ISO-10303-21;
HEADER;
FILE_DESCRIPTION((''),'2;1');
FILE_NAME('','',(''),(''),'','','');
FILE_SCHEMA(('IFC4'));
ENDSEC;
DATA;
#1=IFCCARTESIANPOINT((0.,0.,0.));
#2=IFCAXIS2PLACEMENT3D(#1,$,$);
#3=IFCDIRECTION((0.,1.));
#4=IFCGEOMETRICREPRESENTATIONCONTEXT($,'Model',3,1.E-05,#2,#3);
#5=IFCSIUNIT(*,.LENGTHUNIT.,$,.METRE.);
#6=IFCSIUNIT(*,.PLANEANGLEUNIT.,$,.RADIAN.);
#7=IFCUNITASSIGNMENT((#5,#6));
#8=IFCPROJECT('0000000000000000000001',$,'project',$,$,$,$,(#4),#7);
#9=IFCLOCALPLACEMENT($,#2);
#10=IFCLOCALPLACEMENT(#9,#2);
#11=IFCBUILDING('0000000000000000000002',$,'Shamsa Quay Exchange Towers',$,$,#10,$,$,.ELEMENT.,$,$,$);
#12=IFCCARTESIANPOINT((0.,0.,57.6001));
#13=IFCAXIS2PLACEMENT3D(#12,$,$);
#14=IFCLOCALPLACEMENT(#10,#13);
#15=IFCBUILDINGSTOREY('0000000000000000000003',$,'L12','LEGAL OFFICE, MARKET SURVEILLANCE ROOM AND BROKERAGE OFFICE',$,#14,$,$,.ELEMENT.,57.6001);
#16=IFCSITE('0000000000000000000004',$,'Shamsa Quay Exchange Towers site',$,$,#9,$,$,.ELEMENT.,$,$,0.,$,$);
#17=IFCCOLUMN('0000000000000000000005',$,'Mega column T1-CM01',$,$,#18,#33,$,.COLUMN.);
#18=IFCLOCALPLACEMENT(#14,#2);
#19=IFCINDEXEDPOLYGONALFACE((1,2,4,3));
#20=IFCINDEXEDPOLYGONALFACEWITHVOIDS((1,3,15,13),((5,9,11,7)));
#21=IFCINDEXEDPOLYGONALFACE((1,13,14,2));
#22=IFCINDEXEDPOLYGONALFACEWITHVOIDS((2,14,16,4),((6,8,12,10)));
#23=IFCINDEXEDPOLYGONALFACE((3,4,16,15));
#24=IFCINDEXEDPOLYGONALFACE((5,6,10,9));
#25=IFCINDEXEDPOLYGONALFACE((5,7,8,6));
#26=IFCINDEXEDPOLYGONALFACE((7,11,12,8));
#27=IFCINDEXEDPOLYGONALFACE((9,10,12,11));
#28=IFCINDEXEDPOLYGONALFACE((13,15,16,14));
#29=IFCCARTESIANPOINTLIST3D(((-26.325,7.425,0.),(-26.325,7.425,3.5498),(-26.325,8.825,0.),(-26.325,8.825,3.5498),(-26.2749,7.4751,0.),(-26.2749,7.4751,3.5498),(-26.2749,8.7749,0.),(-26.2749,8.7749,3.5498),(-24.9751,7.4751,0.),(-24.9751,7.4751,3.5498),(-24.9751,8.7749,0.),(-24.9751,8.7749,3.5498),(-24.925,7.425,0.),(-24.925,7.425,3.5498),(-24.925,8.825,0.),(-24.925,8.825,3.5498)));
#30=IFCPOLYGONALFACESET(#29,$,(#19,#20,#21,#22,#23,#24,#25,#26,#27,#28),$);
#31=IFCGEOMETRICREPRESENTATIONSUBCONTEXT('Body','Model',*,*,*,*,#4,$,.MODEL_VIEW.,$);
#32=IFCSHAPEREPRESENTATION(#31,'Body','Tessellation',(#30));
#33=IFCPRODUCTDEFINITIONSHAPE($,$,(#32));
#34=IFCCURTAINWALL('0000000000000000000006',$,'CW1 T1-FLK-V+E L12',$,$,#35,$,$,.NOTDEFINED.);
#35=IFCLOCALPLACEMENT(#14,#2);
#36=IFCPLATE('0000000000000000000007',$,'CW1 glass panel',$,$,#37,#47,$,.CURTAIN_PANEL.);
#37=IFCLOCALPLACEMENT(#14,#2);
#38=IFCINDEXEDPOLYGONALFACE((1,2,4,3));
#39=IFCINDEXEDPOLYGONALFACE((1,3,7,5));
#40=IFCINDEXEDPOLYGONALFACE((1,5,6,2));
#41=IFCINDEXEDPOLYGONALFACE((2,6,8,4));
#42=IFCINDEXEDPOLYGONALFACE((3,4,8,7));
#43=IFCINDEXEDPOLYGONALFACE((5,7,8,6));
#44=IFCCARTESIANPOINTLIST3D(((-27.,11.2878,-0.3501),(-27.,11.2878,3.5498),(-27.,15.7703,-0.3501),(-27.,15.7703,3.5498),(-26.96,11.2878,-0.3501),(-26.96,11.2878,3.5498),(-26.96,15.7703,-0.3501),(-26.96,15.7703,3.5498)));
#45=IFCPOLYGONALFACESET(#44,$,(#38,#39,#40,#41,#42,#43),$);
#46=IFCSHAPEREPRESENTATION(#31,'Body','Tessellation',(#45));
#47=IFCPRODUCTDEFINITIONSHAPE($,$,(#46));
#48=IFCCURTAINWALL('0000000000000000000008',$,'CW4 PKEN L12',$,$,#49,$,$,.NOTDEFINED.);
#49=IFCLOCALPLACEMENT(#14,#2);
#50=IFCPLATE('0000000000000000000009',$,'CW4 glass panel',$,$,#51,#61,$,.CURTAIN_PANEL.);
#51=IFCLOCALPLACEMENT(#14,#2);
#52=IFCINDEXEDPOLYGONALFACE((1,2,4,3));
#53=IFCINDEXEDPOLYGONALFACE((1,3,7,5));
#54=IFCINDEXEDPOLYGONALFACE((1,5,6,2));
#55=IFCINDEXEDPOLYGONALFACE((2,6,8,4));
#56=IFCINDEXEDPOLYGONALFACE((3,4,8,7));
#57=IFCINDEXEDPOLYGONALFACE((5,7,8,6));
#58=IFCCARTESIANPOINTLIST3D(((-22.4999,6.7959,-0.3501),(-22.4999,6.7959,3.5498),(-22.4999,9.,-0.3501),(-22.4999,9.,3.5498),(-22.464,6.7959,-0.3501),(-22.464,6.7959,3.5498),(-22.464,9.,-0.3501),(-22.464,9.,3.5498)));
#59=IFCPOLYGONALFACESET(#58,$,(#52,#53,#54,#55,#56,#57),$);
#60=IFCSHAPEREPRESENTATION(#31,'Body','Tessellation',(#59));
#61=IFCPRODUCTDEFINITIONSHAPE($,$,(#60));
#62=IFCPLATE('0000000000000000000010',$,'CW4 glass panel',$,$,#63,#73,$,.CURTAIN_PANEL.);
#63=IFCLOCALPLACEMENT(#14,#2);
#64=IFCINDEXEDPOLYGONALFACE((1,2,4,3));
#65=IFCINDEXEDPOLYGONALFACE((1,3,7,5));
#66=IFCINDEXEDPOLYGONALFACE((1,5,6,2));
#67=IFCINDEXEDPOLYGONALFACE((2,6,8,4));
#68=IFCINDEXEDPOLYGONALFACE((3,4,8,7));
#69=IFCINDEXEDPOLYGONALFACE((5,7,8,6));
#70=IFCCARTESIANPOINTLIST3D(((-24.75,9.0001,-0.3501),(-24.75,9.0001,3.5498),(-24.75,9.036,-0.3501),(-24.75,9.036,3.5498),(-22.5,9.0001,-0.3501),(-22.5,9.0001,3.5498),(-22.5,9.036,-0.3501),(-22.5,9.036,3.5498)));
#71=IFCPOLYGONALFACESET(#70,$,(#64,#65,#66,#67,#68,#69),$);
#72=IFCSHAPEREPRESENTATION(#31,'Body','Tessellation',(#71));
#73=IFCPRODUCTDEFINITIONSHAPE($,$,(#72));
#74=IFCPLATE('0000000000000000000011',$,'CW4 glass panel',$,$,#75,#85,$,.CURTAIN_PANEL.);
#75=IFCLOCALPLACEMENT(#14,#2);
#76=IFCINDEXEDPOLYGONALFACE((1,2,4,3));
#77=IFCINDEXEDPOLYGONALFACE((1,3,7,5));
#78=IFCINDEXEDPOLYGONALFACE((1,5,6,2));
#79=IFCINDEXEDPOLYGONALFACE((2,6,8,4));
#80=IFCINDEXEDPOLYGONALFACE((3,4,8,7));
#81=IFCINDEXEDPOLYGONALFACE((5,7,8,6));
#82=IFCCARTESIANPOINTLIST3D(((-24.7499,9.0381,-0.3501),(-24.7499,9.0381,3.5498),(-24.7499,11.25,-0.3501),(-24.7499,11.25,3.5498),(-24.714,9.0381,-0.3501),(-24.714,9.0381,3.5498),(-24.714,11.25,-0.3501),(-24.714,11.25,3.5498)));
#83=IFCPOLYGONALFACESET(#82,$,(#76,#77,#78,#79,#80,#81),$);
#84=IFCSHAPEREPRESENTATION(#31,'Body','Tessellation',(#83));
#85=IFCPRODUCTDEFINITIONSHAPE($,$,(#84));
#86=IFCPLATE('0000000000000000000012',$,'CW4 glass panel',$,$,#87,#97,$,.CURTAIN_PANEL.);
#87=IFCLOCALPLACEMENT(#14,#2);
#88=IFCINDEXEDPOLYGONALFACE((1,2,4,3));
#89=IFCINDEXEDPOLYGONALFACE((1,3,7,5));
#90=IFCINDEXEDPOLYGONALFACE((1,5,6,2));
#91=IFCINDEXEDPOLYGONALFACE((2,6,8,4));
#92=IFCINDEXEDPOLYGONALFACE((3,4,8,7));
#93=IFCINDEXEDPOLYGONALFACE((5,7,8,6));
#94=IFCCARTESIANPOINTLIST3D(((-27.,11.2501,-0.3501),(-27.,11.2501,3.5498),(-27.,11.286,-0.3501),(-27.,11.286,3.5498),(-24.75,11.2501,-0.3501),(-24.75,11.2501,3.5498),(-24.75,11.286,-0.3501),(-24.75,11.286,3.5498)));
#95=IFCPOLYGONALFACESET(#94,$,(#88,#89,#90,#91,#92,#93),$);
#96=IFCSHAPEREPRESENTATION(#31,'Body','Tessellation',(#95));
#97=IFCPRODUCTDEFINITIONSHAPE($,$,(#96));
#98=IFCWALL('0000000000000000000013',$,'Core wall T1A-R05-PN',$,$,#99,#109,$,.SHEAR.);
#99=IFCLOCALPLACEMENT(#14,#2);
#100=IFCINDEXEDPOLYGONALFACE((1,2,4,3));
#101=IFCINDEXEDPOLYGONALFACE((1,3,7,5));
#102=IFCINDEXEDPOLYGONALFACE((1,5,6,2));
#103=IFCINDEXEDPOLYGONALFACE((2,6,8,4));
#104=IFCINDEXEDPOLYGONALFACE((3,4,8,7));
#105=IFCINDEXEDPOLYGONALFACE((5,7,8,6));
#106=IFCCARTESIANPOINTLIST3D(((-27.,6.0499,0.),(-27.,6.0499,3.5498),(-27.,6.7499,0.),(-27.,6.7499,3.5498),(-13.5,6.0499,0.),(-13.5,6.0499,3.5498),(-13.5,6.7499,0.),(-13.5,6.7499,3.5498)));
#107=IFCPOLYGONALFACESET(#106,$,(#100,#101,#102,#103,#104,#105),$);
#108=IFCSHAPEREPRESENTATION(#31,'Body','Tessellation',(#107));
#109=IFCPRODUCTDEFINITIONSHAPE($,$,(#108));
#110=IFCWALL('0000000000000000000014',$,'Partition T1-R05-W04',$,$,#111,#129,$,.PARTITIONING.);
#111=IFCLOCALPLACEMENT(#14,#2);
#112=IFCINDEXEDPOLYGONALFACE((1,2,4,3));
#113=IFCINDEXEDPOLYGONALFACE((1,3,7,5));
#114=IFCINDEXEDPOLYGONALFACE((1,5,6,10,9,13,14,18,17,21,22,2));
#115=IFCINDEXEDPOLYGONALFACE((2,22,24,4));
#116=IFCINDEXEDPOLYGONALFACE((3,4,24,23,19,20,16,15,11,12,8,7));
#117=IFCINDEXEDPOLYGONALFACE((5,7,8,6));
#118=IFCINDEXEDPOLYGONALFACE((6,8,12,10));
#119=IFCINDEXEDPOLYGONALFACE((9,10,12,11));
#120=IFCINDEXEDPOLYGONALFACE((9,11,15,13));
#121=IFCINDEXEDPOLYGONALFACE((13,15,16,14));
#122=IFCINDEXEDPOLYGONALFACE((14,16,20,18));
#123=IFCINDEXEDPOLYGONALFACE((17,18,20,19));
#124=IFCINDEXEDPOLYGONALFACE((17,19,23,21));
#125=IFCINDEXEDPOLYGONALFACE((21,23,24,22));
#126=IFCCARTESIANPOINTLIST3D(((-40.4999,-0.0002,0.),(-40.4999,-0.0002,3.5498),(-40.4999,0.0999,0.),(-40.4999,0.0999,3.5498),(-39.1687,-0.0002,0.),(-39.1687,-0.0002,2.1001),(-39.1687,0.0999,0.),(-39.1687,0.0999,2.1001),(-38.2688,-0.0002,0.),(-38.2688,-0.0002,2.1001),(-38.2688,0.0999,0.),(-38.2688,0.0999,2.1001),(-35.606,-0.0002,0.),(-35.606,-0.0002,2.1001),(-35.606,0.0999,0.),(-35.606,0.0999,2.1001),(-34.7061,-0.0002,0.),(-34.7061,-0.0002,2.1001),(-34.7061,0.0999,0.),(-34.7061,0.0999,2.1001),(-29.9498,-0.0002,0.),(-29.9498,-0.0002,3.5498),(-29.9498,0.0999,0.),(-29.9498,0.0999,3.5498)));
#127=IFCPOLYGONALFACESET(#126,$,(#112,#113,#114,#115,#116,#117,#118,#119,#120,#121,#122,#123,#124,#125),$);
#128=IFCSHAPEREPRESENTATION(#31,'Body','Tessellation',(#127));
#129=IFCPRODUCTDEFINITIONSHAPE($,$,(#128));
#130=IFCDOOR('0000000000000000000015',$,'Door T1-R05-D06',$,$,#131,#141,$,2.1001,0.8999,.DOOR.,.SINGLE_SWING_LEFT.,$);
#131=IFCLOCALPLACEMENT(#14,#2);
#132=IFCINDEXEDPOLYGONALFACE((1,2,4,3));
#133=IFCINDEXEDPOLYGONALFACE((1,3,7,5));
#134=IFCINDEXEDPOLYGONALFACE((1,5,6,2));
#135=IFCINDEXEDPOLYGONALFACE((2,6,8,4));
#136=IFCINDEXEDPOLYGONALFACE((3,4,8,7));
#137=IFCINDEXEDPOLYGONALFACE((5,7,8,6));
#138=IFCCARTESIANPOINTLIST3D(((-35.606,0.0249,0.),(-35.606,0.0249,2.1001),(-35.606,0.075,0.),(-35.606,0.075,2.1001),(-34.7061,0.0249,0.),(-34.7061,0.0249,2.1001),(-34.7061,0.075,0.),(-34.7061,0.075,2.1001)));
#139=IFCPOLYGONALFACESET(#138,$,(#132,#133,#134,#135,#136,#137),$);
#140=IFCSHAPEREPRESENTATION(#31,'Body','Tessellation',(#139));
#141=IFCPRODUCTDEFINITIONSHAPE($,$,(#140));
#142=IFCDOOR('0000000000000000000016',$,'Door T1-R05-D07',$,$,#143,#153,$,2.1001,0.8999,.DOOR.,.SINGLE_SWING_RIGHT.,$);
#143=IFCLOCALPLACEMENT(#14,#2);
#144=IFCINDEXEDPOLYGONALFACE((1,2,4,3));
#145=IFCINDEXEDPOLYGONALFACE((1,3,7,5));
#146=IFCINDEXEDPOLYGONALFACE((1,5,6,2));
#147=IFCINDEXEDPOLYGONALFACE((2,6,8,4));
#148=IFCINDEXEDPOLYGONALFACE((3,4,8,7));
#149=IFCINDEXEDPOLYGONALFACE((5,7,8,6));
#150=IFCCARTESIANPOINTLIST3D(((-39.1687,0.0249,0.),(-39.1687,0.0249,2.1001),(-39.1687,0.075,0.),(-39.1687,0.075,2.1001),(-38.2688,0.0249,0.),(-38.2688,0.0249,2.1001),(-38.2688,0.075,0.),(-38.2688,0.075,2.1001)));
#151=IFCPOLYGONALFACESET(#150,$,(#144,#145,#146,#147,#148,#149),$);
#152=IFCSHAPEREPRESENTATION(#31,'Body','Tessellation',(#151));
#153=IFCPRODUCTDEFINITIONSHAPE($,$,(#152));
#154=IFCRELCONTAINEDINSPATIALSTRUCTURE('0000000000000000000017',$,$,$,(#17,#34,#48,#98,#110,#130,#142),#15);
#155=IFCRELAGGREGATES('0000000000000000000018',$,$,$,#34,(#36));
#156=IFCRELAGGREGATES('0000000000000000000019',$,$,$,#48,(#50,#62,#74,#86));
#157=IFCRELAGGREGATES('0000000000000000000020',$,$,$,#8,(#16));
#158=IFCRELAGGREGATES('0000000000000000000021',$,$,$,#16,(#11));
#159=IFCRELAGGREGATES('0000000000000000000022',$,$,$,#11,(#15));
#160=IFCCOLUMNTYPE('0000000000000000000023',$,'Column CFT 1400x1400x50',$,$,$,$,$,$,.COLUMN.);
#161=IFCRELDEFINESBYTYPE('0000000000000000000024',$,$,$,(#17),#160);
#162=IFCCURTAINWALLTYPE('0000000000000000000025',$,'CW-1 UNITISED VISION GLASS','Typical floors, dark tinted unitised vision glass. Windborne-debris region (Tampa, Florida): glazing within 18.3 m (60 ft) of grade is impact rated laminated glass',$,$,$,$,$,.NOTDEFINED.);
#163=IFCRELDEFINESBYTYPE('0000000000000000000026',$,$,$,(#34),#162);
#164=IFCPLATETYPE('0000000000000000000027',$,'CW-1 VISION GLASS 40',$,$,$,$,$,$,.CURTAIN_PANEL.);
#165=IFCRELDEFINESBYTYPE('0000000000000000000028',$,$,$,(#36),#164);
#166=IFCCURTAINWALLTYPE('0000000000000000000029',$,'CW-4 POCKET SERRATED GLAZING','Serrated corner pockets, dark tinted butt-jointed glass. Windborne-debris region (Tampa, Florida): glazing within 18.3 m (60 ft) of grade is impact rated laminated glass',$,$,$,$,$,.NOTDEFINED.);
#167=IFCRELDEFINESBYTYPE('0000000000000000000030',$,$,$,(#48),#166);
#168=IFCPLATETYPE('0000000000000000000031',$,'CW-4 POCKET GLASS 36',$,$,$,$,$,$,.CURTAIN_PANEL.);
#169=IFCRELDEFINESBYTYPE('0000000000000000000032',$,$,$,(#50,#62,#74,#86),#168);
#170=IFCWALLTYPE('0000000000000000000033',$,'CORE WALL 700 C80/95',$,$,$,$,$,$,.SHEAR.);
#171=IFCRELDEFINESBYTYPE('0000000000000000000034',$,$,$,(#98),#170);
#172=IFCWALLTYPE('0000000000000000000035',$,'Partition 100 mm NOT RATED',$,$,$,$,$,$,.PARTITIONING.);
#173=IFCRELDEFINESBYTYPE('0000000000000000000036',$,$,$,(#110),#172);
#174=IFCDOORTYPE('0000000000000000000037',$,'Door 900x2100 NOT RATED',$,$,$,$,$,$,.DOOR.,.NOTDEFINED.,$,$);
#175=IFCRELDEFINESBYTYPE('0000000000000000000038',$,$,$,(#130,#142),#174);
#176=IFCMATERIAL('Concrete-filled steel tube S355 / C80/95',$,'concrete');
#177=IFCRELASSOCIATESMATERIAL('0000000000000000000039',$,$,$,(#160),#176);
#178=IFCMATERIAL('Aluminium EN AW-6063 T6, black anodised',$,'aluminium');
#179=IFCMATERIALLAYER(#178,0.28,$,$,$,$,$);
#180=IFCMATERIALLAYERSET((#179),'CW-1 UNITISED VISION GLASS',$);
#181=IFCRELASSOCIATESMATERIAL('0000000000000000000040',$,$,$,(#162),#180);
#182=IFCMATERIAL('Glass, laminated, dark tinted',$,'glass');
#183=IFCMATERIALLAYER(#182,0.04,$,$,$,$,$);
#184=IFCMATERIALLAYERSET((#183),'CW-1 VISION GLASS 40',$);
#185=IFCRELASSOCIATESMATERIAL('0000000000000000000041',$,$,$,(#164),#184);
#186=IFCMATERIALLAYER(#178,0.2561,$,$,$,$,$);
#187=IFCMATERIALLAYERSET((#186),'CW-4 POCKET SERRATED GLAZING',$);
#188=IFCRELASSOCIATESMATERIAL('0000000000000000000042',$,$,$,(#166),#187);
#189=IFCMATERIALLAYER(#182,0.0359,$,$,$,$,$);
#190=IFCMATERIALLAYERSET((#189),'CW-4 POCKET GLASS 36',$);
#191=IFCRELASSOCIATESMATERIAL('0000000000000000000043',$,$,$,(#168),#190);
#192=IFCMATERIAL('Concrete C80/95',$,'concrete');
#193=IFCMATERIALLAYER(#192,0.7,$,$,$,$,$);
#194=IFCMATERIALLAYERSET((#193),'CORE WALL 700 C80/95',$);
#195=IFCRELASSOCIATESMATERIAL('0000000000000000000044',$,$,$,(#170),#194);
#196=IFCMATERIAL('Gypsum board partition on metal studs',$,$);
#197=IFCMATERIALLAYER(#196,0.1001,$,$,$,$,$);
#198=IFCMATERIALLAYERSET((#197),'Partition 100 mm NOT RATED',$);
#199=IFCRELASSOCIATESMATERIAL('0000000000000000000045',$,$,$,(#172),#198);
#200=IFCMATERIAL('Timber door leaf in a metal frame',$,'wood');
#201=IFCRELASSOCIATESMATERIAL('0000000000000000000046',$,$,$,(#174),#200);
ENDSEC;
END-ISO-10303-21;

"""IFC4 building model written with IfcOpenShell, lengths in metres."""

from ifc_helpers import new_model, si_unit, direction, frame, frame_2d, origin, origin_2d, place, context, subcontext, project, spatial, rectangle, hollow_rectangle, extrude, material, layer, layer_set, material_profile, profile_set, type_object, element, fill, aggregate, save


model = new_model("IFC4")

# Units and contexts
model_context = context("Model", 3, precision=1e-05, world=origin(), true_north=direction((0.0, 1.0)))
body_context = subcontext(model_context, "Body", "Model", "MODEL_VIEW")
ifc_project = project(units=[si_unit("LENGTHUNIT", "METRE"), si_unit("PLANEANGLEUNIT", "RADIAN")], contexts=[model_context])

# Site, building, storey
site_placement = place(None, origin())
site = spatial("IfcSite", under=ifc_project, at=site_placement, Name="Shamsa Quay Exchange Towers site", CompositionType="ELEMENT", RefElevation=0.0)
building_placement = place(site_placement, origin())
building = spatial("IfcBuilding", under=site, at=building_placement, Name="Shamsa Quay Exchange Towers", CompositionType="ELEMENT")
storey_placement = place(building_placement, frame((0.0, 0.0, 57.6001)))
storey = spatial("IfcBuildingStorey", under=building, at=storey_placement, Name="L12", Description="LEGAL OFFICE, MARKET SURVEILLANCE ROOM AND BROKERAGE OFFICE", CompositionType="ELEMENT", Elevation=57.6001)

# Column
ifc_material_1 = material(Name="Concrete-filled steel tube S355 / C80/95", Category="concrete")
ifc_material_profile_1 = material_profile(ifc_material_1, hollow_rectangle(XDim=1.3999, YDim=1.3999, WallThickness=0.05, at=origin_2d()), Name="CFT 1400x1400x50")
ifc_profile_set_1 = profile_set([ifc_material_profile_1], Name="Concrete-filled steel tube S355 / C80/95")
column_type = type_object("IfcColumnType", Name="Column CFT 1400x1400x50", PredefinedType="COLUMN", material=ifc_profile_set_1)
column_placement = place(storey_placement, frame((-25.625, 8.125, 0.0)))
element("IfcColumn", 1, at=column_placement, inside=storey, type_object=column_type, Name="Mega column T1-CM01", PredefinedType="COLUMN", context=body_context, shape_type="SweptSolid", body=[
    extrude(hollow_rectangle(XDim=1.3999, YDim=1.3999, WallThickness=0.05, at=origin_2d()), origin(), (0.0, 0.0, 1.0), 3.5498),
])

# Curtain wall, plate
ifc_material_2 = material(Name="Aluminium EN AW-6063 T6, black anodised", Category="aluminium")
ifc_layer_1 = layer(ifc_material_2, 0.28)
ifc_layer_set_1 = layer_set([ifc_layer_1], Name="CW-1 UNITISED VISION GLASS")
curtain_wall_type_1 = type_object("IfcCurtainWallType", Name="CW-1 UNITISED VISION GLASS", Description="Typical floors, dark tinted unitised vision glass. Windborne-debris region (Tampa, Florida): glazing within 18.3 m (60 ft) of grade is impact rated laminated glass", PredefinedType="NOTDEFINED", material=ifc_layer_set_1)
curtain_wall_1_placement = place(storey_placement, origin())
curtain_wall_1 = element("IfcCurtainWall", 2, at=curtain_wall_1_placement, inside=storey, type_object=curtain_wall_type_1, Name="CW1 T1-FLK-V+E L12", PredefinedType="NOTDEFINED")
ifc_material_3 = material(Name="Glass, laminated, dark tinted", Category="glass")
ifc_layer_2 = layer(ifc_material_3, 0.04)
ifc_layer_set_2 = layer_set([ifc_layer_2], Name="CW-1 VISION GLASS 40")
plate_type_1 = type_object("IfcPlateType", Name="CW-1 VISION GLASS 40", PredefinedType="CURTAIN_PANEL", material=ifc_layer_set_2)
plate_1_placement = place(storey_placement, frame((-26.98, 13.5291, -0.3501), z_axis=(0.0, 0.0, 1.0), x_axis=(0.0, 1.0, 0.0)))
plate_1 = element("IfcPlate", 3, at=plate_1_placement, type_object=plate_type_1, Name="CW1 glass panel", PredefinedType="CURTAIN_PANEL", context=body_context, shape_type="SweptSolid", body=[
    extrude(rectangle(XDim=4.4824, YDim=0.04, at=origin_2d()), origin(), (0.0, 0.0, 1.0), 3.8999),
])
aggregate(curtain_wall_1, [plate_1])

# Curtain wall, plates
ifc_layer_3 = layer(ifc_material_2, 0.2561)
ifc_layer_set_3 = layer_set([ifc_layer_3], Name="CW-4 POCKET SERRATED GLAZING")
curtain_wall_type_2 = type_object("IfcCurtainWallType", Name="CW-4 POCKET SERRATED GLAZING", Description="Serrated corner pockets, dark tinted butt-jointed glass. Windborne-debris region (Tampa, Florida): glazing within 18.3 m (60 ft) of grade is impact rated laminated glass", PredefinedType="NOTDEFINED", material=ifc_layer_set_3)
curtain_wall_2_placement = place(storey_placement, origin())
curtain_wall_2 = element("IfcCurtainWall", 4, at=curtain_wall_2_placement, inside=storey, type_object=curtain_wall_type_2, Name="CW4 PKEN L12", PredefinedType="NOTDEFINED")
ifc_layer_4 = layer(ifc_material_3, 0.0359)
ifc_layer_set_4 = layer_set([ifc_layer_4], Name="CW-4 POCKET GLASS 36")
plate_type_2 = type_object("IfcPlateType", Name="CW-4 POCKET GLASS 36", PredefinedType="CURTAIN_PANEL", material=ifc_layer_set_4)
plate_2_placement = place(storey_placement, frame((-22.4819, 7.8979, -0.3501), z_axis=(0.0, 0.0, 1.0), x_axis=(0.0, 1.0, 0.0)))
plate_2 = element("IfcPlate", 5, at=plate_2_placement, type_object=plate_type_2, Name="CW4 glass panel", PredefinedType="CURTAIN_PANEL", context=body_context, shape_type="SweptSolid", body=[
    extrude(rectangle(XDim=2.2041, YDim=0.0359, at=origin_2d()), origin(), (0.0, 0.0, 1.0), 3.8999),
])
plate_3_placement = place(storey_placement, frame((-23.625, 9.0181, -0.3501), z_axis=(0.0, 0.0, 1.0), x_axis=(-1.0, 0.0, 0.0)))
plate_3 = element("IfcPlate", 6, at=plate_3_placement, type_object=plate_type_2, Name="CW4 glass panel", PredefinedType="CURTAIN_PANEL", context=body_context, shape_type="SweptSolid", body=[
    extrude(rectangle(XDim=2.25, YDim=0.0359, at=origin_2d()), origin(), (0.0, 0.0, 1.0), 3.8999),
])
plate_4_placement = place(storey_placement, frame((-24.7319, 10.144, -0.3501), z_axis=(0.0, 0.0, 1.0), x_axis=(0.0, 1.0, 0.0)))
plate_4 = element("IfcPlate", 7, at=plate_4_placement, type_object=plate_type_2, Name="CW4 glass panel", PredefinedType="CURTAIN_PANEL", context=body_context, shape_type="SweptSolid", body=[
    extrude(rectangle(XDim=2.2119, YDim=0.0359, at=origin_2d()), origin(), (0.0, 0.0, 1.0), 3.8999),
])
plate_5_placement = place(storey_placement, frame((-25.875, 11.2681, -0.3501), z_axis=(0.0, 0.0, 1.0), x_axis=(-1.0, 0.0, 0.0)))
plate_5 = element("IfcPlate", 8, at=plate_5_placement, type_object=plate_type_2, Name="CW4 glass panel", PredefinedType="CURTAIN_PANEL", context=body_context, shape_type="SweptSolid", body=[
    extrude(rectangle(XDim=2.25, YDim=0.0359, at=origin_2d()), origin(), (0.0, 0.0, 1.0), 3.8999),
])
aggregate(curtain_wall_2, [plate_2, plate_3, plate_4, plate_5])

# Wall
ifc_material_4 = material(Name="Concrete C80/95", Category="concrete")
ifc_layer_5 = layer(ifc_material_4, 0.7)
ifc_layer_set_5 = layer_set([ifc_layer_5], Name="CORE WALL 700 C80/95")
wall_type_1 = type_object("IfcWallType", Name="CORE WALL 700 C80/95", PredefinedType="SHEAR", material=ifc_layer_set_5)
wall_1_placement = place(storey_placement, frame((-27.0, 6.3999, 0.0)))
element("IfcWall", 9, at=wall_1_placement, inside=storey, type_object=wall_type_1, Name="Core wall T1A-R05-PN", PredefinedType="SHEAR", context=body_context, shape_type="SweptSolid", body=[
    extrude(rectangle(XDim=13.5, YDim=0.7, at=frame_2d((6.75, 0.0))), origin(), (0.0, 0.0, 1.0), 3.5498),
])

# Wall, openings, doors
ifc_material_5 = material(Name="Gypsum board partition on metal studs")
ifc_layer_6 = layer(ifc_material_5, 0.1001)
ifc_layer_set_6 = layer_set([ifc_layer_6], Name="Partition 100 mm NOT RATED")
wall_type_2 = type_object("IfcWallType", Name="Partition 100 mm NOT RATED", PredefinedType="PARTITIONING", material=ifc_layer_set_6)
wall_2_placement = place(storey_placement, frame((-29.95, 0.0498, 0.0), z_axis=(0.0, 0.0, 1.0), x_axis=(-1.0, 0.0, 0.0)))
wall_2 = element("IfcWall", 10, at=wall_2_placement, inside=storey, type_object=wall_type_2, Name="Partition T1-R05-W04", PredefinedType="PARTITIONING", context=body_context, shape_type="SweptSolid", body=[
    extrude(rectangle(XDim=10.55, YDim=0.1001, at=frame_2d((5.2749, 0.0))), origin(), (0.0, 0.0, 1.0), 3.5498),
])
opening_1_placement = place(wall_2_placement, frame((4.7561, 0.0, 0.0)))
opening_1 = element("IfcOpeningElement", 11, at=opening_1_placement, cuts=wall_2, PredefinedType="OPENING", context=body_context, shape_type="SweptSolid", body=[
    extrude(rectangle(XDim=0.8999, YDim=2.1001, at=frame_2d((0.45, 1.05))), frame((0.0, 0.0601, 0.0), z_axis=(0.0, -1.0, 0.0), x_axis=(1.0, 0.0, 0.0)), (0.0, 0.0, 1.0), 0.1201),
])
opening_2_placement = place(wall_2_placement, frame((8.3188, 0.0, 0.0)))
opening_2 = element("IfcOpeningElement", 12, at=opening_2_placement, cuts=wall_2, PredefinedType="OPENING", context=body_context, shape_type="SweptSolid", body=[
    extrude(rectangle(XDim=0.8999, YDim=2.1001, at=frame_2d((0.45, 1.05))), frame((0.0, 0.0601, 0.0), z_axis=(0.0, -1.0, 0.0), x_axis=(1.0, 0.0, 0.0)), (0.0, 0.0, 1.0), 0.1201),
])
ifc_material_6 = material(Name="Timber door leaf in a metal frame", Category="wood")
door_type_1 = type_object("IfcDoorType", Name="Door 900x2100 NOT RATED", OperationType="NOTDEFINED", PredefinedType="DOOR", material=ifc_material_6)
door_1_placement = place(opening_1_placement, origin())
door_1 = element("IfcDoor", 13, at=door_1_placement, inside=storey, type_object=door_type_1, Name="Door T1-R05-D06", OperationType="SINGLE_SWING_LEFT", OverallHeight=2.1001, OverallWidth=0.8999, PredefinedType="DOOR", context=body_context, shape_type="SweptSolid", body=[
    extrude(rectangle(XDim=0.8999, YDim=2.1001, at=frame_2d((0.45, 1.05))), frame((0.0, 0.0249, 0.0), z_axis=(0.0, -1.0, 0.0), x_axis=(1.0, 0.0, 0.0)), (0.0, 0.0, 1.0), 0.05),
])
fill(opening_1, door_1)
door_2_placement = place(opening_2_placement, origin())
door_2 = element("IfcDoor", 14, at=door_2_placement, inside=storey, type_object=door_type_1, Name="Door T1-R05-D07", OperationType="SINGLE_SWING_RIGHT", OverallHeight=2.1001, OverallWidth=0.8999, PredefinedType="DOOR", context=body_context, shape_type="SweptSolid", body=[
    extrude(rectangle(XDim=0.8999, YDim=2.1001, at=frame_2d((0.45, 1.05))), frame((0.0, 0.0249, 0.0), z_axis=(0.0, -1.0, 0.0), x_axis=(1.0, 0.0, 0.0)), (0.0, 0.0, 1.0), 0.05),
])
fill(opening_2, door_2)

save(model, "model.ifc")
